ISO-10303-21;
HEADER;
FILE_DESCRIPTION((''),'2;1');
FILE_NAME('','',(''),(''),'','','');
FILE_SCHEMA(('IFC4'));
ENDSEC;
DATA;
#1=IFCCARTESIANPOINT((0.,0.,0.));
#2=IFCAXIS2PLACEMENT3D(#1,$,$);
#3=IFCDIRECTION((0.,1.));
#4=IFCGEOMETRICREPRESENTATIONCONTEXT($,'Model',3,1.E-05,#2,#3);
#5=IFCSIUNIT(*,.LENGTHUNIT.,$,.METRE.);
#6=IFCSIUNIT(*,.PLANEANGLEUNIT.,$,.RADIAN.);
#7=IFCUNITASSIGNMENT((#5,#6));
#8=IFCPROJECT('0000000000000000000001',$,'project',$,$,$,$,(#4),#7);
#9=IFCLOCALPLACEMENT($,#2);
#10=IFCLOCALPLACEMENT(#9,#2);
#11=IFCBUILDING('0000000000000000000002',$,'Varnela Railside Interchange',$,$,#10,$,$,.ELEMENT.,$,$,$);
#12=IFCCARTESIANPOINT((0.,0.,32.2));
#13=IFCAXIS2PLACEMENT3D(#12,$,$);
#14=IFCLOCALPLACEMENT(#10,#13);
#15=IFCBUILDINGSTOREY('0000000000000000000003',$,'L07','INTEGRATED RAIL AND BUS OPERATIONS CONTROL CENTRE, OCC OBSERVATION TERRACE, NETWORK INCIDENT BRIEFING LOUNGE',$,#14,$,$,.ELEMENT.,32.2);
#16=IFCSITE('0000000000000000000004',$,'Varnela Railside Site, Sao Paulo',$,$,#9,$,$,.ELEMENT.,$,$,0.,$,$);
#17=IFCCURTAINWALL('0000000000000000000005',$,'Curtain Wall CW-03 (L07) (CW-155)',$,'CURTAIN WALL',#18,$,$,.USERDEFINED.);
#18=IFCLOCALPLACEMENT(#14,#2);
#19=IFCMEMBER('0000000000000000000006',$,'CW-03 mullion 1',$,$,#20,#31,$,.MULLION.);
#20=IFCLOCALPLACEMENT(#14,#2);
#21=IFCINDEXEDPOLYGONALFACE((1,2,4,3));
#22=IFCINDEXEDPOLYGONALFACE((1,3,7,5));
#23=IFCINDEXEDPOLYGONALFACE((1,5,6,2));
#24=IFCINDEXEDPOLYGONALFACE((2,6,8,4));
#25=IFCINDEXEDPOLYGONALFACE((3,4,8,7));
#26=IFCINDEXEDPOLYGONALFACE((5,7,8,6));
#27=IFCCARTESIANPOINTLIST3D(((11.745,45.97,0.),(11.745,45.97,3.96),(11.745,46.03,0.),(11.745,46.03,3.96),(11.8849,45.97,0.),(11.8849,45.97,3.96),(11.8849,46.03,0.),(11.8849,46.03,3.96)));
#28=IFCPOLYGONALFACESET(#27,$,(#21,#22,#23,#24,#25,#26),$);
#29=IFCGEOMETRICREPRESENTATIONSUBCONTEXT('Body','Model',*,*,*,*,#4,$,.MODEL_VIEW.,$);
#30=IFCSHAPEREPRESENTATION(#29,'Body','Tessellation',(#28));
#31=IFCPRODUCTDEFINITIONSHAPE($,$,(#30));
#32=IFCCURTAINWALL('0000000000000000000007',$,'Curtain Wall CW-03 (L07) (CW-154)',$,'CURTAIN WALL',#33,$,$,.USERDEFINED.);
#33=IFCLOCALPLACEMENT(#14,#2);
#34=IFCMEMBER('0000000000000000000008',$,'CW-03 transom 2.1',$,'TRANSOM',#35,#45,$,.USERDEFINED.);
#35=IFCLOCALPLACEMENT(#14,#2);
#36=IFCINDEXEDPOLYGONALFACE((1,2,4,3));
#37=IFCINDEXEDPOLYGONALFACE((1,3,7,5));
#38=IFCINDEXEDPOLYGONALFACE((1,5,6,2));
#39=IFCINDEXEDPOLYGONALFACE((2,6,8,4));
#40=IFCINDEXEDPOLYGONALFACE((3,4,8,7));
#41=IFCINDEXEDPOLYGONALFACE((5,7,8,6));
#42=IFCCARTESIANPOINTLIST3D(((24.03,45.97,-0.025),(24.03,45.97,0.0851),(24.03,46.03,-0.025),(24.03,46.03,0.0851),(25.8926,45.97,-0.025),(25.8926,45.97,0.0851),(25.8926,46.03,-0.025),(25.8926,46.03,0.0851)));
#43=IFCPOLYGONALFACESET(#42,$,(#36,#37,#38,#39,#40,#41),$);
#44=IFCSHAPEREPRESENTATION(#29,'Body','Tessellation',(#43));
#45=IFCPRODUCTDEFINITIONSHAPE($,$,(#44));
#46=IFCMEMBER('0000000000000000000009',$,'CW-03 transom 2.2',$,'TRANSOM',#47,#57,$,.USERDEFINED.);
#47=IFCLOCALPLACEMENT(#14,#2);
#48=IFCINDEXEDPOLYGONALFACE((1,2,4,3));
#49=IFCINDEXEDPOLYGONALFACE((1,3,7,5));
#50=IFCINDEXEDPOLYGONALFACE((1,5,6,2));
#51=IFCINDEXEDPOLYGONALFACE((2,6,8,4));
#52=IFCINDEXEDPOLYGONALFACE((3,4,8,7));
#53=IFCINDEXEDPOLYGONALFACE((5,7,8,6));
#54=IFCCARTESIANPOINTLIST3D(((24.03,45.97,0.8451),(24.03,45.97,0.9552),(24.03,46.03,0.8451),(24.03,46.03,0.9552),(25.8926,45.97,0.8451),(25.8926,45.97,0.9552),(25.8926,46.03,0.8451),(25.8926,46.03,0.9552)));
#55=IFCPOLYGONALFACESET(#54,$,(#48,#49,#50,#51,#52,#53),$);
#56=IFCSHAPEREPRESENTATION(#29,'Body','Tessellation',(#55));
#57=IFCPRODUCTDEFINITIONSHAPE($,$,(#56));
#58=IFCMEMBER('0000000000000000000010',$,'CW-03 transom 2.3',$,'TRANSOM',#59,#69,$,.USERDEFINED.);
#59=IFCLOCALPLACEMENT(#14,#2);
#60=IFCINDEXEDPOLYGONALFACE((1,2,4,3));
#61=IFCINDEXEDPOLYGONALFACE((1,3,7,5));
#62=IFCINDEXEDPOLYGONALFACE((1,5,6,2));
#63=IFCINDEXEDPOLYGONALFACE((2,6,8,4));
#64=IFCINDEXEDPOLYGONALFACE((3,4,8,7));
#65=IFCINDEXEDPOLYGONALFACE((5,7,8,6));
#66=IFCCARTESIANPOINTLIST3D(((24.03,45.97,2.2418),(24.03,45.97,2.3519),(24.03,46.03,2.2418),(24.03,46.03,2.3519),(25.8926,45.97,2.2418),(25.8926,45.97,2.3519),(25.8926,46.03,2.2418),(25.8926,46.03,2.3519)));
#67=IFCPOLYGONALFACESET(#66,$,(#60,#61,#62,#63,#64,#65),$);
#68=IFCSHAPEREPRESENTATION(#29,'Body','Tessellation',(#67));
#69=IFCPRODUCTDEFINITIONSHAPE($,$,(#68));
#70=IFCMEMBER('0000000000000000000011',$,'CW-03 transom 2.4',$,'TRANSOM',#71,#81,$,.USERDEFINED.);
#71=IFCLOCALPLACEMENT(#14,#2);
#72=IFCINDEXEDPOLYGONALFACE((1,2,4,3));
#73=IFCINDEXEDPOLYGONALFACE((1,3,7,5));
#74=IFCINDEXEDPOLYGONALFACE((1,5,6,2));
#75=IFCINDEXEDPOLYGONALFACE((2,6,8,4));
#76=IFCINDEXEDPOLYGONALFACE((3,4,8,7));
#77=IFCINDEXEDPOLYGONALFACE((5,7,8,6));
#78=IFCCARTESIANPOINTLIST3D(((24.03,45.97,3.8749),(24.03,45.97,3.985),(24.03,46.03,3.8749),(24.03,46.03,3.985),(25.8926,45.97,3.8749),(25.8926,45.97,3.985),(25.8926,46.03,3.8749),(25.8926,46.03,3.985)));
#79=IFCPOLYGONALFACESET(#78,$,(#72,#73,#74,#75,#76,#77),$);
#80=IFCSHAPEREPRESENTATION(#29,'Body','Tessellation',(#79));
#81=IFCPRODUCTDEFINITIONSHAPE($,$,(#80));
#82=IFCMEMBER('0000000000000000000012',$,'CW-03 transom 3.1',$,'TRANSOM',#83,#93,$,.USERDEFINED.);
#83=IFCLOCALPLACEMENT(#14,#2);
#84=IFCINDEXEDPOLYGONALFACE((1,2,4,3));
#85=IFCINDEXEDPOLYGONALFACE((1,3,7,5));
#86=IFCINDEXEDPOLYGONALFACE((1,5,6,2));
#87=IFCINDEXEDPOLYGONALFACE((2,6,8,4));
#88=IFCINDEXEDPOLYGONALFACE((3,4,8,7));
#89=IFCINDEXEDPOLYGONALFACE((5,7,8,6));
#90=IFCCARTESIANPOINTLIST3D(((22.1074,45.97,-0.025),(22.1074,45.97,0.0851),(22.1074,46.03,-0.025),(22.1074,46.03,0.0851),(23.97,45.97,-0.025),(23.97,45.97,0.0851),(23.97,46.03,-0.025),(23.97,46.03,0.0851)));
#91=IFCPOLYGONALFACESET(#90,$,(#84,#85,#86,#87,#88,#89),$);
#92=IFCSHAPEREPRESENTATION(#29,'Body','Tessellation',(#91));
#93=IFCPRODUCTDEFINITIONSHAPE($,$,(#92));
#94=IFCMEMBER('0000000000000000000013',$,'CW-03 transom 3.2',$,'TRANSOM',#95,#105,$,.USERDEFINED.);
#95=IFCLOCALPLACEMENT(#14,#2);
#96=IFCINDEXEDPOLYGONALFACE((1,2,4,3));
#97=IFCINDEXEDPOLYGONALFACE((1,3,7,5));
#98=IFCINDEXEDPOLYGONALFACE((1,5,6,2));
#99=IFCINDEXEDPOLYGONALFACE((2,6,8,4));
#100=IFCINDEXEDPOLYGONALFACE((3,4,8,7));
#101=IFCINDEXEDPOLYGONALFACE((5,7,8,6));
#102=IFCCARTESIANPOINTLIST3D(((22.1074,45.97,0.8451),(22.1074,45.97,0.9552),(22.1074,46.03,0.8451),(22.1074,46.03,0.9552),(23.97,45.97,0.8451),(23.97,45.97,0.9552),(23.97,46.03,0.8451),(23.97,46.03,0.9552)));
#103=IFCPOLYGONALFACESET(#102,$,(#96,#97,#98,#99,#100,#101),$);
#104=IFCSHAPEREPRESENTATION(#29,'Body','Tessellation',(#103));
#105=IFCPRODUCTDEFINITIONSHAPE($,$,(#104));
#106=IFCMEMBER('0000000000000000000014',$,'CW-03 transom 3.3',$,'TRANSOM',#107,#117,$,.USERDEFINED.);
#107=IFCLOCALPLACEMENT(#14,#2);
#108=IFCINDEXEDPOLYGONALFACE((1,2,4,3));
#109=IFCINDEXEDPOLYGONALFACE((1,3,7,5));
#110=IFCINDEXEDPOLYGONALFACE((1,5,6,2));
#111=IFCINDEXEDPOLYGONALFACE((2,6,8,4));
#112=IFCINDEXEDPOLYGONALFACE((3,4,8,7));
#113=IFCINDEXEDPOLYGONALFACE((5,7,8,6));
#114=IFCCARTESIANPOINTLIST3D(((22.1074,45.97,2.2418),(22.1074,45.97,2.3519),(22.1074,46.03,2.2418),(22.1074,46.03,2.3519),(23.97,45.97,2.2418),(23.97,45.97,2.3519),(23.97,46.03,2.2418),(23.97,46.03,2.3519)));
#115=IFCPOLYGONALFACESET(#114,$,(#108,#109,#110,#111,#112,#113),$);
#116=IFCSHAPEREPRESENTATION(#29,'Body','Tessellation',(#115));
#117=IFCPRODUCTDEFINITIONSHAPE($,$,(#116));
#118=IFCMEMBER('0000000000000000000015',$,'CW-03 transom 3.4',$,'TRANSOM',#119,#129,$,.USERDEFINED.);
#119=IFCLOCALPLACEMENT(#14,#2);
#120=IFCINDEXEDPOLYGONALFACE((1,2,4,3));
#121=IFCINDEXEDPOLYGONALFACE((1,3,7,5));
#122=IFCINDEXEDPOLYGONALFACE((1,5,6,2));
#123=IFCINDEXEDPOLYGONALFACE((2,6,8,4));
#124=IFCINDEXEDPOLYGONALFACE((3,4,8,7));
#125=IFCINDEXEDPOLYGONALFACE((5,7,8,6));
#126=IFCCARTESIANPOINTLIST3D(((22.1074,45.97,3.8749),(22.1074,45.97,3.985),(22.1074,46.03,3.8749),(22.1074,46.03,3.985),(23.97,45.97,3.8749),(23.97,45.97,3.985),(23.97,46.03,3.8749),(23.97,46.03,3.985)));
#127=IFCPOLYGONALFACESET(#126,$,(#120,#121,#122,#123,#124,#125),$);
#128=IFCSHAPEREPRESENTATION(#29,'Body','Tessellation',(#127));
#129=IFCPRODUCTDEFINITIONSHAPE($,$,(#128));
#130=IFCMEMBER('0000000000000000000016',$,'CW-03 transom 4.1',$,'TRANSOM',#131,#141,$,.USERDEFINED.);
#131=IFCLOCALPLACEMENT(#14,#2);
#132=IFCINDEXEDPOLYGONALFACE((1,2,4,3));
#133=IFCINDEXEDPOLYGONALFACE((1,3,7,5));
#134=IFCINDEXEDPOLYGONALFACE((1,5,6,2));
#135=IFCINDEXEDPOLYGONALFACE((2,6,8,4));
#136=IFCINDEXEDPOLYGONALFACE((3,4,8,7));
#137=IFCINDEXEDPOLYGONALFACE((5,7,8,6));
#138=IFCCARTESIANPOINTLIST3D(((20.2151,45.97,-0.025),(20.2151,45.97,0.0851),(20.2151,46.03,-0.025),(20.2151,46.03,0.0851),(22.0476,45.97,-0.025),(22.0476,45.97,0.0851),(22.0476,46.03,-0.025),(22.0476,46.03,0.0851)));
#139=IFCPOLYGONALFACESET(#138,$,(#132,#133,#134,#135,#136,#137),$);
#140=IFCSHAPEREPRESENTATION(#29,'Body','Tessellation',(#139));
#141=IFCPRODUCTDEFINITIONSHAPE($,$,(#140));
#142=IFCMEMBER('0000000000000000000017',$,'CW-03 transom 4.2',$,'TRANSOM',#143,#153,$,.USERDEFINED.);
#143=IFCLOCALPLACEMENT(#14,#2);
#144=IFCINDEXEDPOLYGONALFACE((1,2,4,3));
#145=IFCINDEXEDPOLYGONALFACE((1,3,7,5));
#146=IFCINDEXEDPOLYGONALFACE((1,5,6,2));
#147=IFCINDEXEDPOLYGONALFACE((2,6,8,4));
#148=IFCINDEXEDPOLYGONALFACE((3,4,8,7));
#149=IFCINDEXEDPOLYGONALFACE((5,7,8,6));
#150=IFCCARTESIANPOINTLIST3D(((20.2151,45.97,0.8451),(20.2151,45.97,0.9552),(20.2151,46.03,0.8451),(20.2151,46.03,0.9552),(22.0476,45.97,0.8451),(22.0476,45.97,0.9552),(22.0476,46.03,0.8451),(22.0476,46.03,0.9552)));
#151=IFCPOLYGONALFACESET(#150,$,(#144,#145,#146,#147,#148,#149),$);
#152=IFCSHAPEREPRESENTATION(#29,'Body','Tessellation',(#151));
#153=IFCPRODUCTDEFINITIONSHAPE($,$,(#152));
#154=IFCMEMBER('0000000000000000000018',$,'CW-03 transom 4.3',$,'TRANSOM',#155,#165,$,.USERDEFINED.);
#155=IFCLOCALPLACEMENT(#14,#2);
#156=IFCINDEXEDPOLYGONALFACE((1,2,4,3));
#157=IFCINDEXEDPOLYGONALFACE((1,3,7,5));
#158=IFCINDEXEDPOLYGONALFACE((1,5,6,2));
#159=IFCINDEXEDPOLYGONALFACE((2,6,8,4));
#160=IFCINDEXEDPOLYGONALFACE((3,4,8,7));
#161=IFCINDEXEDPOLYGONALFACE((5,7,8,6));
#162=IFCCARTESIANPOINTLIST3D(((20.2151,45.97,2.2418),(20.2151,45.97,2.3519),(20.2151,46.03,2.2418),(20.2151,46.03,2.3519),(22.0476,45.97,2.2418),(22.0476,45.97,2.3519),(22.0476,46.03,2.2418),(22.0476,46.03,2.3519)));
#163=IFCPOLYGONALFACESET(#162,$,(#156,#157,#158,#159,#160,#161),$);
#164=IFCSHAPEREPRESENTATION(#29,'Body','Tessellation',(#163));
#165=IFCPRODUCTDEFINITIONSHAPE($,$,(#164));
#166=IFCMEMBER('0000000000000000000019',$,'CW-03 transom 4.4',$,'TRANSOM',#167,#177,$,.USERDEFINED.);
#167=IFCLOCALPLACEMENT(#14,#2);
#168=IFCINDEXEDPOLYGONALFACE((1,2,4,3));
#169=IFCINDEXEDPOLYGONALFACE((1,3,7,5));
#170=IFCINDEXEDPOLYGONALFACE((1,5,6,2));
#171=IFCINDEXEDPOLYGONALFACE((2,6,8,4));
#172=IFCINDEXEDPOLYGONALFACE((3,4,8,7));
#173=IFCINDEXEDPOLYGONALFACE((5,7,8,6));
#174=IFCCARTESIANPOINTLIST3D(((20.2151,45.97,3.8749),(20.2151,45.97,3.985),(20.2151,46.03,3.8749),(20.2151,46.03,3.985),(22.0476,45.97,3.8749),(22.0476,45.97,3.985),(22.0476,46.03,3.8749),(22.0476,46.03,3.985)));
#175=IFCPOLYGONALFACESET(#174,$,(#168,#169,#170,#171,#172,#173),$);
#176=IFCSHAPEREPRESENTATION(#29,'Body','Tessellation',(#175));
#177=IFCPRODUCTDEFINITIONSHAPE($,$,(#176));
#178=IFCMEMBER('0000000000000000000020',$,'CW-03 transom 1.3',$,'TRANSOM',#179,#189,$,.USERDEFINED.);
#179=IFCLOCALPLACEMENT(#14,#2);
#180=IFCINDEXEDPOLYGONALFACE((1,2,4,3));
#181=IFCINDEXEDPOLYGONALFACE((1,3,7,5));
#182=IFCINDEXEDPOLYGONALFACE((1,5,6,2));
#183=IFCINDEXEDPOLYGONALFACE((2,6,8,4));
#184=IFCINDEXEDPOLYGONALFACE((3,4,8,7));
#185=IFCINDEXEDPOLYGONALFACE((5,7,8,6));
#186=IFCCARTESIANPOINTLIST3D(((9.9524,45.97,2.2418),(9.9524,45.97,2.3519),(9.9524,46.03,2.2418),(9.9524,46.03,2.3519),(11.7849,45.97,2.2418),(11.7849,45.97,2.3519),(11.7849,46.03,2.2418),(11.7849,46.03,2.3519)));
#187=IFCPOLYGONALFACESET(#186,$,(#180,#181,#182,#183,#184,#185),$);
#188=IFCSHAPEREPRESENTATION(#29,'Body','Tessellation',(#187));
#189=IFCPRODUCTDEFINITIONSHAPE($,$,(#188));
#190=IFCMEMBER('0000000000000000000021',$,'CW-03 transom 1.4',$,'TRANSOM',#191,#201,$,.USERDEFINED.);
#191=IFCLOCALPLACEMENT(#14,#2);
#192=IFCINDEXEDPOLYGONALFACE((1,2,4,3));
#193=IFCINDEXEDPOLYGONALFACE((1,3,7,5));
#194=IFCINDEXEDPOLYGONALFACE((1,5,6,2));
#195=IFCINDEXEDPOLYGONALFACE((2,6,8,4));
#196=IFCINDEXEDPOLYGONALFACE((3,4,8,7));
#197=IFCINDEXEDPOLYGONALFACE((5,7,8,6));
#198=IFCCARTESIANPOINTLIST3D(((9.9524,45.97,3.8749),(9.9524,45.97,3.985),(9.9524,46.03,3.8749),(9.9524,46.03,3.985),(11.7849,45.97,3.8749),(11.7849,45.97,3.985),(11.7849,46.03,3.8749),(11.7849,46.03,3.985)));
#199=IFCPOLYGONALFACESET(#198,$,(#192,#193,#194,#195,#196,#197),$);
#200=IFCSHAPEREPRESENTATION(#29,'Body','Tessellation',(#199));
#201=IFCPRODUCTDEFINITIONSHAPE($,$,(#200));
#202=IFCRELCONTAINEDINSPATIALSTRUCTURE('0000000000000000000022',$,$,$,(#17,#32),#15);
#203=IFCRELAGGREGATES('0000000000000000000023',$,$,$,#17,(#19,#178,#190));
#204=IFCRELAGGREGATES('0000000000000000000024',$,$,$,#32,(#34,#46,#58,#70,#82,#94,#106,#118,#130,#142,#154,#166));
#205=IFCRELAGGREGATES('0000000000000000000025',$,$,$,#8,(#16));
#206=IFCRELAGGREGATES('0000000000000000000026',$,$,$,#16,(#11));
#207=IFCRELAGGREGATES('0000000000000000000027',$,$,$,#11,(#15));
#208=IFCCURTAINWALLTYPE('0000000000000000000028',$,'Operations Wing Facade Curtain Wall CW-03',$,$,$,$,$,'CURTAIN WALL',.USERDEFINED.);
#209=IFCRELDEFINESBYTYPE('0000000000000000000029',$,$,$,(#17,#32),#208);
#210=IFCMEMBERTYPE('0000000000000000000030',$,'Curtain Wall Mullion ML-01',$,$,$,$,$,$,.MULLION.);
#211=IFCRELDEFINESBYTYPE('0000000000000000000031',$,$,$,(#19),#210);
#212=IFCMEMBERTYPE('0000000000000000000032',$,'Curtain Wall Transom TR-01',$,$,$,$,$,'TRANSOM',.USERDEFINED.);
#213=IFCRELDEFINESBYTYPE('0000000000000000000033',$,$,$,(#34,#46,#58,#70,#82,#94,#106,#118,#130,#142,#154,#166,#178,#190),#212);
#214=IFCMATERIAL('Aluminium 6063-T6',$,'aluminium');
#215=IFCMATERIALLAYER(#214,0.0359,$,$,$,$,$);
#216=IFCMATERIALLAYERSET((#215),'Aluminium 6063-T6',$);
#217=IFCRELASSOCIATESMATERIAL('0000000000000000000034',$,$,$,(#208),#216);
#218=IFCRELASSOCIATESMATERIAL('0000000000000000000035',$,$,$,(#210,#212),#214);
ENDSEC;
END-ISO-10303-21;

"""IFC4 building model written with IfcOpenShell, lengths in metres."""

from ifc_helpers import new_model, si_unit, direction, frame, origin, origin_2d, place, context, subcontext, project, spatial, rectangle, extrude, material, layer, layer_set, material_profile, profile_set, type_object, element, aggregate, save


model = new_model("IFC4")

# Units and contexts
model_context = context("Model", 3, precision=1e-05, world=origin(), true_north=direction((0.0, 1.0)))
body_context = subcontext(model_context, "Body", "Model", "MODEL_VIEW")
ifc_project = project(units=[si_unit("LENGTHUNIT", "METRE"), si_unit("PLANEANGLEUNIT", "RADIAN")], contexts=[model_context])

# Site, building, storey
site_placement = place(None, origin())
site = spatial("IfcSite", under=ifc_project, at=site_placement, Name="Varnela Railside Site, Sao Paulo", CompositionType="ELEMENT", RefElevation=0.0)
building_placement = place(site_placement, origin())
building = spatial("IfcBuilding", under=site, at=building_placement, Name="Varnela Railside Interchange", CompositionType="ELEMENT")
storey_placement = place(building_placement, frame((0.0, 0.0, 32.2)))
storey = spatial("IfcBuildingStorey", under=building, at=storey_placement, Name="L07", Description="INTEGRATED RAIL AND BUS OPERATIONS CONTROL CENTRE, OCC OBSERVATION TERRACE, NETWORK INCIDENT BRIEFING LOUNGE", CompositionType="ELEMENT", Elevation=32.2)

# Curtain wall, member
ifc_material_1 = material(Name="Aluminium 6063-T6", Category="aluminium")
ifc_layer_1 = layer(ifc_material_1, 0.0359)
ifc_layer_set_1 = layer_set([ifc_layer_1], Name="Aluminium 6063-T6")
curtain_wall_type = type_object("IfcCurtainWallType", Name="Operations Wing Facade Curtain Wall CW-03", ElementType="CURTAIN WALL", PredefinedType="USERDEFINED", material=ifc_layer_set_1)
curtain_wall_1_placement = place(storey_placement, origin())
curtain_wall_1 = element("IfcCurtainWall", 1, at=curtain_wall_1_placement, inside=storey, type_object=curtain_wall_type, Name="Curtain Wall CW-03 (L07) (CW-155)", ObjectType="CURTAIN WALL", PredefinedType="USERDEFINED")
ifc_material_profile_1 = material_profile(ifc_material_1, rectangle(XDim=0.0601, YDim=0.1399, at=origin_2d()), Name="ALU 60x140")
ifc_profile_set_1 = profile_set([ifc_material_profile_1], Name="Aluminium 6063-T6")
member_type_1 = type_object("IfcMemberType", Name="Curtain Wall Mullion ML-01", PredefinedType="MULLION", material=ifc_profile_set_1)
member_1_placement = place(storey_placement, frame((11.8149, 46.0, 0.0), z_axis=(0.0, 0.0, 1.0), x_axis=(0.0, -1.0, 0.0)))
member_1 = element("IfcMember", 2, at=member_1_placement, type_object=member_type_1, Name="CW-03 mullion 1", PredefinedType="MULLION", context=body_context, shape_type="SweptSolid", body=[
    extrude(rectangle(XDim=0.0601, YDim=0.1399, at=origin_2d()), origin(), (0.0, 0.0, 1.0), 3.96),
])

# Curtain wall, members
curtain_wall_2_placement = place(storey_placement, origin())
curtain_wall_2 = element("IfcCurtainWall", 3, at=curtain_wall_2_placement, inside=storey, type_object=curtain_wall_type, Name="Curtain Wall CW-03 (L07) (CW-154)", ObjectType="CURTAIN WALL", PredefinedType="USERDEFINED")
ifc_material_profile_2 = material_profile(ifc_material_1, rectangle(XDim=0.0601, YDim=0.1101, at=origin_2d()), Name="ALU 60x110")
ifc_profile_set_2 = profile_set([ifc_material_profile_2], Name="Aluminium 6063-T6")
member_type_2 = type_object("IfcMemberType", Name="Curtain Wall Transom TR-01", ElementType="TRANSOM", PredefinedType="USERDEFINED", material=ifc_profile_set_2)
member_2_placement = place(storey_placement, frame((25.8926, 46.0, 0.03), z_axis=(-1.0, 0.0, 0.0), x_axis=(0.0, -1.0, 0.0)))
member_2 = element("IfcMember", 4, at=member_2_placement, type_object=member_type_2, Name="CW-03 transom 2.1", ObjectType="TRANSOM", PredefinedType="USERDEFINED", context=body_context, shape_type="SweptSolid", body=[
    extrude(rectangle(XDim=0.0601, YDim=0.1101, at=origin_2d()), origin(), (0.0, 0.0, 1.0), 1.8625),
])
member_3_placement = place(storey_placement, frame((25.8926, 46.0, 0.9001), z_axis=(-1.0, 0.0, 0.0), x_axis=(0.0, -1.0, 0.0)))
member_3 = element("IfcMember", 5, at=member_3_placement, type_object=member_type_2, Name="CW-03 transom 2.2", ObjectType="TRANSOM", PredefinedType="USERDEFINED", context=body_context, shape_type="SweptSolid", body=[
    extrude(rectangle(XDim=0.0601, YDim=0.1101, at=origin_2d()), origin(), (0.0, 0.0, 1.0), 1.8625),
])
member_4_placement = place(storey_placement, frame((25.8926, 46.0, 2.2969), z_axis=(-1.0, 0.0, 0.0), x_axis=(0.0, -1.0, 0.0)))
member_4 = element("IfcMember", 6, at=member_4_placement, type_object=member_type_2, Name="CW-03 transom 2.3", ObjectType="TRANSOM", PredefinedType="USERDEFINED", context=body_context, shape_type="SweptSolid", body=[
    extrude(rectangle(XDim=0.0601, YDim=0.1101, at=origin_2d()), origin(), (0.0, 0.0, 1.0), 1.8625),
])
member_5_placement = place(storey_placement, frame((25.8926, 46.0, 3.9299), z_axis=(-1.0, 0.0, 0.0), x_axis=(0.0, -1.0, 0.0)))
member_5 = element("IfcMember", 7, at=member_5_placement, type_object=member_type_2, Name="CW-03 transom 2.4", ObjectType="TRANSOM", PredefinedType="USERDEFINED", context=body_context, shape_type="SweptSolid", body=[
    extrude(rectangle(XDim=0.0601, YDim=0.1101, at=origin_2d()), origin(), (0.0, 0.0, 1.0), 1.8625),
])
member_6_placement = place(storey_placement, frame((23.97, 46.0, 0.03), z_axis=(-1.0, 0.0, 0.0), x_axis=(0.0, -1.0, 0.0)))
member_6 = element("IfcMember", 8, at=member_6_placement, type_object=member_type_2, Name="CW-03 transom 3.1", ObjectType="TRANSOM", PredefinedType="USERDEFINED", context=body_context, shape_type="SweptSolid", body=[
    extrude(rectangle(XDim=0.0601, YDim=0.1101, at=origin_2d()), origin(), (0.0, 0.0, 1.0), 1.8625),
])
member_7_placement = place(storey_placement, frame((23.97, 46.0, 0.9001), z_axis=(-1.0, 0.0, 0.0), x_axis=(0.0, -1.0, 0.0)))
member_7 = element("IfcMember", 9, at=member_7_placement, type_object=member_type_2, Name="CW-03 transom 3.2", ObjectType="TRANSOM", PredefinedType="USERDEFINED", context=body_context, shape_type="SweptSolid", body=[
    extrude(rectangle(XDim=0.0601, YDim=0.1101, at=origin_2d()), origin(), (0.0, 0.0, 1.0), 1.8625),
])
member_8_placement = place(storey_placement, frame((23.97, 46.0, 2.2969), z_axis=(-1.0, 0.0, 0.0), x_axis=(0.0, -1.0, 0.0)))
member_8 = element("IfcMember", 10, at=member_8_placement, type_object=member_type_2, Name="CW-03 transom 3.3", ObjectType="TRANSOM", PredefinedType="USERDEFINED", context=body_context, shape_type="SweptSolid", body=[
    extrude(rectangle(XDim=0.0601, YDim=0.1101, at=origin_2d()), origin(), (0.0, 0.0, 1.0), 1.8625),
])
member_9_placement = place(storey_placement, frame((23.97, 46.0, 3.9299), z_axis=(-1.0, 0.0, 0.0), x_axis=(0.0, -1.0, 0.0)))
member_9 = element("IfcMember", 11, at=member_9_placement, type_object=member_type_2, Name="CW-03 transom 3.4", ObjectType="TRANSOM", PredefinedType="USERDEFINED", context=body_context, shape_type="SweptSolid", body=[
    extrude(rectangle(XDim=0.0601, YDim=0.1101, at=origin_2d()), origin(), (0.0, 0.0, 1.0), 1.8625),
])
member_10_placement = place(storey_placement, frame((22.0476, 46.0, 0.03), z_axis=(-1.0, 0.0, 0.0), x_axis=(0.0, -1.0, 0.0)))
member_10 = element("IfcMember", 12, at=member_10_placement, type_object=member_type_2, Name="CW-03 transom 4.1", ObjectType="TRANSOM", PredefinedType="USERDEFINED", context=body_context, shape_type="SweptSolid", body=[
    extrude(rectangle(XDim=0.0601, YDim=0.1101, at=origin_2d()), origin(), (0.0, 0.0, 1.0), 1.8325),
])
member_11_placement = place(storey_placement, frame((22.0476, 46.0, 0.9001), z_axis=(-1.0, 0.0, 0.0), x_axis=(0.0, -1.0, 0.0)))
member_11 = element("IfcMember", 13, at=member_11_placement, type_object=member_type_2, Name="CW-03 transom 4.2", ObjectType="TRANSOM", PredefinedType="USERDEFINED", context=body_context, shape_type="SweptSolid", body=[
    extrude(rectangle(XDim=0.0601, YDim=0.1101, at=origin_2d()), origin(), (0.0, 0.0, 1.0), 1.8325),
])
member_12_placement = place(storey_placement, frame((22.0476, 46.0, 2.2969), z_axis=(-1.0, 0.0, 0.0), x_axis=(0.0, -1.0, 0.0)))
member_12 = element("IfcMember", 14, at=member_12_placement, type_object=member_type_2, Name="CW-03 transom 4.3", ObjectType="TRANSOM", PredefinedType="USERDEFINED", context=body_context, shape_type="SweptSolid", body=[
    extrude(rectangle(XDim=0.0601, YDim=0.1101, at=origin_2d()), origin(), (0.0, 0.0, 1.0), 1.8325),
])
member_13_placement = place(storey_placement, frame((22.0476, 46.0, 3.9299), z_axis=(-1.0, 0.0, 0.0), x_axis=(0.0, -1.0, 0.0)))
member_13 = element("IfcMember", 15, at=member_13_placement, type_object=member_type_2, Name="CW-03 transom 4.4", ObjectType="TRANSOM", PredefinedType="USERDEFINED", context=body_context, shape_type="SweptSolid", body=[
    extrude(rectangle(XDim=0.0601, YDim=0.1101, at=origin_2d()), origin(), (0.0, 0.0, 1.0), 1.8325),
])

# Members
member_14_placement = place(storey_placement, frame((11.7849, 46.0, 2.2969), z_axis=(-1.0, 0.0, 0.0), x_axis=(0.0, -1.0, 0.0)))
member_14 = element("IfcMember", 16, at=member_14_placement, type_object=member_type_2, Name="CW-03 transom 1.3", ObjectType="TRANSOM", PredefinedType="USERDEFINED", context=body_context, shape_type="SweptSolid", body=[
    extrude(rectangle(XDim=0.0601, YDim=0.1101, at=origin_2d()), origin(), (0.0, 0.0, 1.0), 1.8325),
])
member_15_placement = place(storey_placement, frame((11.7849, 46.0, 3.9299), z_axis=(-1.0, 0.0, 0.0), x_axis=(0.0, -1.0, 0.0)))
member_15 = element("IfcMember", 17, at=member_15_placement, type_object=member_type_2, Name="CW-03 transom 1.4", ObjectType="TRANSOM", PredefinedType="USERDEFINED", context=body_context, shape_type="SweptSolid", body=[
    extrude(rectangle(XDim=0.0601, YDim=0.1101, at=origin_2d()), origin(), (0.0, 0.0, 1.0), 1.8325),
])
aggregate(curtain_wall_1, [member_1, member_14, member_15])

aggregate(curtain_wall_2, [member_2, member_3, member_4, member_5, member_6, member_7, member_8, member_9, member_10, member_11, member_12, member_13])

save(model, "model.ifc")
